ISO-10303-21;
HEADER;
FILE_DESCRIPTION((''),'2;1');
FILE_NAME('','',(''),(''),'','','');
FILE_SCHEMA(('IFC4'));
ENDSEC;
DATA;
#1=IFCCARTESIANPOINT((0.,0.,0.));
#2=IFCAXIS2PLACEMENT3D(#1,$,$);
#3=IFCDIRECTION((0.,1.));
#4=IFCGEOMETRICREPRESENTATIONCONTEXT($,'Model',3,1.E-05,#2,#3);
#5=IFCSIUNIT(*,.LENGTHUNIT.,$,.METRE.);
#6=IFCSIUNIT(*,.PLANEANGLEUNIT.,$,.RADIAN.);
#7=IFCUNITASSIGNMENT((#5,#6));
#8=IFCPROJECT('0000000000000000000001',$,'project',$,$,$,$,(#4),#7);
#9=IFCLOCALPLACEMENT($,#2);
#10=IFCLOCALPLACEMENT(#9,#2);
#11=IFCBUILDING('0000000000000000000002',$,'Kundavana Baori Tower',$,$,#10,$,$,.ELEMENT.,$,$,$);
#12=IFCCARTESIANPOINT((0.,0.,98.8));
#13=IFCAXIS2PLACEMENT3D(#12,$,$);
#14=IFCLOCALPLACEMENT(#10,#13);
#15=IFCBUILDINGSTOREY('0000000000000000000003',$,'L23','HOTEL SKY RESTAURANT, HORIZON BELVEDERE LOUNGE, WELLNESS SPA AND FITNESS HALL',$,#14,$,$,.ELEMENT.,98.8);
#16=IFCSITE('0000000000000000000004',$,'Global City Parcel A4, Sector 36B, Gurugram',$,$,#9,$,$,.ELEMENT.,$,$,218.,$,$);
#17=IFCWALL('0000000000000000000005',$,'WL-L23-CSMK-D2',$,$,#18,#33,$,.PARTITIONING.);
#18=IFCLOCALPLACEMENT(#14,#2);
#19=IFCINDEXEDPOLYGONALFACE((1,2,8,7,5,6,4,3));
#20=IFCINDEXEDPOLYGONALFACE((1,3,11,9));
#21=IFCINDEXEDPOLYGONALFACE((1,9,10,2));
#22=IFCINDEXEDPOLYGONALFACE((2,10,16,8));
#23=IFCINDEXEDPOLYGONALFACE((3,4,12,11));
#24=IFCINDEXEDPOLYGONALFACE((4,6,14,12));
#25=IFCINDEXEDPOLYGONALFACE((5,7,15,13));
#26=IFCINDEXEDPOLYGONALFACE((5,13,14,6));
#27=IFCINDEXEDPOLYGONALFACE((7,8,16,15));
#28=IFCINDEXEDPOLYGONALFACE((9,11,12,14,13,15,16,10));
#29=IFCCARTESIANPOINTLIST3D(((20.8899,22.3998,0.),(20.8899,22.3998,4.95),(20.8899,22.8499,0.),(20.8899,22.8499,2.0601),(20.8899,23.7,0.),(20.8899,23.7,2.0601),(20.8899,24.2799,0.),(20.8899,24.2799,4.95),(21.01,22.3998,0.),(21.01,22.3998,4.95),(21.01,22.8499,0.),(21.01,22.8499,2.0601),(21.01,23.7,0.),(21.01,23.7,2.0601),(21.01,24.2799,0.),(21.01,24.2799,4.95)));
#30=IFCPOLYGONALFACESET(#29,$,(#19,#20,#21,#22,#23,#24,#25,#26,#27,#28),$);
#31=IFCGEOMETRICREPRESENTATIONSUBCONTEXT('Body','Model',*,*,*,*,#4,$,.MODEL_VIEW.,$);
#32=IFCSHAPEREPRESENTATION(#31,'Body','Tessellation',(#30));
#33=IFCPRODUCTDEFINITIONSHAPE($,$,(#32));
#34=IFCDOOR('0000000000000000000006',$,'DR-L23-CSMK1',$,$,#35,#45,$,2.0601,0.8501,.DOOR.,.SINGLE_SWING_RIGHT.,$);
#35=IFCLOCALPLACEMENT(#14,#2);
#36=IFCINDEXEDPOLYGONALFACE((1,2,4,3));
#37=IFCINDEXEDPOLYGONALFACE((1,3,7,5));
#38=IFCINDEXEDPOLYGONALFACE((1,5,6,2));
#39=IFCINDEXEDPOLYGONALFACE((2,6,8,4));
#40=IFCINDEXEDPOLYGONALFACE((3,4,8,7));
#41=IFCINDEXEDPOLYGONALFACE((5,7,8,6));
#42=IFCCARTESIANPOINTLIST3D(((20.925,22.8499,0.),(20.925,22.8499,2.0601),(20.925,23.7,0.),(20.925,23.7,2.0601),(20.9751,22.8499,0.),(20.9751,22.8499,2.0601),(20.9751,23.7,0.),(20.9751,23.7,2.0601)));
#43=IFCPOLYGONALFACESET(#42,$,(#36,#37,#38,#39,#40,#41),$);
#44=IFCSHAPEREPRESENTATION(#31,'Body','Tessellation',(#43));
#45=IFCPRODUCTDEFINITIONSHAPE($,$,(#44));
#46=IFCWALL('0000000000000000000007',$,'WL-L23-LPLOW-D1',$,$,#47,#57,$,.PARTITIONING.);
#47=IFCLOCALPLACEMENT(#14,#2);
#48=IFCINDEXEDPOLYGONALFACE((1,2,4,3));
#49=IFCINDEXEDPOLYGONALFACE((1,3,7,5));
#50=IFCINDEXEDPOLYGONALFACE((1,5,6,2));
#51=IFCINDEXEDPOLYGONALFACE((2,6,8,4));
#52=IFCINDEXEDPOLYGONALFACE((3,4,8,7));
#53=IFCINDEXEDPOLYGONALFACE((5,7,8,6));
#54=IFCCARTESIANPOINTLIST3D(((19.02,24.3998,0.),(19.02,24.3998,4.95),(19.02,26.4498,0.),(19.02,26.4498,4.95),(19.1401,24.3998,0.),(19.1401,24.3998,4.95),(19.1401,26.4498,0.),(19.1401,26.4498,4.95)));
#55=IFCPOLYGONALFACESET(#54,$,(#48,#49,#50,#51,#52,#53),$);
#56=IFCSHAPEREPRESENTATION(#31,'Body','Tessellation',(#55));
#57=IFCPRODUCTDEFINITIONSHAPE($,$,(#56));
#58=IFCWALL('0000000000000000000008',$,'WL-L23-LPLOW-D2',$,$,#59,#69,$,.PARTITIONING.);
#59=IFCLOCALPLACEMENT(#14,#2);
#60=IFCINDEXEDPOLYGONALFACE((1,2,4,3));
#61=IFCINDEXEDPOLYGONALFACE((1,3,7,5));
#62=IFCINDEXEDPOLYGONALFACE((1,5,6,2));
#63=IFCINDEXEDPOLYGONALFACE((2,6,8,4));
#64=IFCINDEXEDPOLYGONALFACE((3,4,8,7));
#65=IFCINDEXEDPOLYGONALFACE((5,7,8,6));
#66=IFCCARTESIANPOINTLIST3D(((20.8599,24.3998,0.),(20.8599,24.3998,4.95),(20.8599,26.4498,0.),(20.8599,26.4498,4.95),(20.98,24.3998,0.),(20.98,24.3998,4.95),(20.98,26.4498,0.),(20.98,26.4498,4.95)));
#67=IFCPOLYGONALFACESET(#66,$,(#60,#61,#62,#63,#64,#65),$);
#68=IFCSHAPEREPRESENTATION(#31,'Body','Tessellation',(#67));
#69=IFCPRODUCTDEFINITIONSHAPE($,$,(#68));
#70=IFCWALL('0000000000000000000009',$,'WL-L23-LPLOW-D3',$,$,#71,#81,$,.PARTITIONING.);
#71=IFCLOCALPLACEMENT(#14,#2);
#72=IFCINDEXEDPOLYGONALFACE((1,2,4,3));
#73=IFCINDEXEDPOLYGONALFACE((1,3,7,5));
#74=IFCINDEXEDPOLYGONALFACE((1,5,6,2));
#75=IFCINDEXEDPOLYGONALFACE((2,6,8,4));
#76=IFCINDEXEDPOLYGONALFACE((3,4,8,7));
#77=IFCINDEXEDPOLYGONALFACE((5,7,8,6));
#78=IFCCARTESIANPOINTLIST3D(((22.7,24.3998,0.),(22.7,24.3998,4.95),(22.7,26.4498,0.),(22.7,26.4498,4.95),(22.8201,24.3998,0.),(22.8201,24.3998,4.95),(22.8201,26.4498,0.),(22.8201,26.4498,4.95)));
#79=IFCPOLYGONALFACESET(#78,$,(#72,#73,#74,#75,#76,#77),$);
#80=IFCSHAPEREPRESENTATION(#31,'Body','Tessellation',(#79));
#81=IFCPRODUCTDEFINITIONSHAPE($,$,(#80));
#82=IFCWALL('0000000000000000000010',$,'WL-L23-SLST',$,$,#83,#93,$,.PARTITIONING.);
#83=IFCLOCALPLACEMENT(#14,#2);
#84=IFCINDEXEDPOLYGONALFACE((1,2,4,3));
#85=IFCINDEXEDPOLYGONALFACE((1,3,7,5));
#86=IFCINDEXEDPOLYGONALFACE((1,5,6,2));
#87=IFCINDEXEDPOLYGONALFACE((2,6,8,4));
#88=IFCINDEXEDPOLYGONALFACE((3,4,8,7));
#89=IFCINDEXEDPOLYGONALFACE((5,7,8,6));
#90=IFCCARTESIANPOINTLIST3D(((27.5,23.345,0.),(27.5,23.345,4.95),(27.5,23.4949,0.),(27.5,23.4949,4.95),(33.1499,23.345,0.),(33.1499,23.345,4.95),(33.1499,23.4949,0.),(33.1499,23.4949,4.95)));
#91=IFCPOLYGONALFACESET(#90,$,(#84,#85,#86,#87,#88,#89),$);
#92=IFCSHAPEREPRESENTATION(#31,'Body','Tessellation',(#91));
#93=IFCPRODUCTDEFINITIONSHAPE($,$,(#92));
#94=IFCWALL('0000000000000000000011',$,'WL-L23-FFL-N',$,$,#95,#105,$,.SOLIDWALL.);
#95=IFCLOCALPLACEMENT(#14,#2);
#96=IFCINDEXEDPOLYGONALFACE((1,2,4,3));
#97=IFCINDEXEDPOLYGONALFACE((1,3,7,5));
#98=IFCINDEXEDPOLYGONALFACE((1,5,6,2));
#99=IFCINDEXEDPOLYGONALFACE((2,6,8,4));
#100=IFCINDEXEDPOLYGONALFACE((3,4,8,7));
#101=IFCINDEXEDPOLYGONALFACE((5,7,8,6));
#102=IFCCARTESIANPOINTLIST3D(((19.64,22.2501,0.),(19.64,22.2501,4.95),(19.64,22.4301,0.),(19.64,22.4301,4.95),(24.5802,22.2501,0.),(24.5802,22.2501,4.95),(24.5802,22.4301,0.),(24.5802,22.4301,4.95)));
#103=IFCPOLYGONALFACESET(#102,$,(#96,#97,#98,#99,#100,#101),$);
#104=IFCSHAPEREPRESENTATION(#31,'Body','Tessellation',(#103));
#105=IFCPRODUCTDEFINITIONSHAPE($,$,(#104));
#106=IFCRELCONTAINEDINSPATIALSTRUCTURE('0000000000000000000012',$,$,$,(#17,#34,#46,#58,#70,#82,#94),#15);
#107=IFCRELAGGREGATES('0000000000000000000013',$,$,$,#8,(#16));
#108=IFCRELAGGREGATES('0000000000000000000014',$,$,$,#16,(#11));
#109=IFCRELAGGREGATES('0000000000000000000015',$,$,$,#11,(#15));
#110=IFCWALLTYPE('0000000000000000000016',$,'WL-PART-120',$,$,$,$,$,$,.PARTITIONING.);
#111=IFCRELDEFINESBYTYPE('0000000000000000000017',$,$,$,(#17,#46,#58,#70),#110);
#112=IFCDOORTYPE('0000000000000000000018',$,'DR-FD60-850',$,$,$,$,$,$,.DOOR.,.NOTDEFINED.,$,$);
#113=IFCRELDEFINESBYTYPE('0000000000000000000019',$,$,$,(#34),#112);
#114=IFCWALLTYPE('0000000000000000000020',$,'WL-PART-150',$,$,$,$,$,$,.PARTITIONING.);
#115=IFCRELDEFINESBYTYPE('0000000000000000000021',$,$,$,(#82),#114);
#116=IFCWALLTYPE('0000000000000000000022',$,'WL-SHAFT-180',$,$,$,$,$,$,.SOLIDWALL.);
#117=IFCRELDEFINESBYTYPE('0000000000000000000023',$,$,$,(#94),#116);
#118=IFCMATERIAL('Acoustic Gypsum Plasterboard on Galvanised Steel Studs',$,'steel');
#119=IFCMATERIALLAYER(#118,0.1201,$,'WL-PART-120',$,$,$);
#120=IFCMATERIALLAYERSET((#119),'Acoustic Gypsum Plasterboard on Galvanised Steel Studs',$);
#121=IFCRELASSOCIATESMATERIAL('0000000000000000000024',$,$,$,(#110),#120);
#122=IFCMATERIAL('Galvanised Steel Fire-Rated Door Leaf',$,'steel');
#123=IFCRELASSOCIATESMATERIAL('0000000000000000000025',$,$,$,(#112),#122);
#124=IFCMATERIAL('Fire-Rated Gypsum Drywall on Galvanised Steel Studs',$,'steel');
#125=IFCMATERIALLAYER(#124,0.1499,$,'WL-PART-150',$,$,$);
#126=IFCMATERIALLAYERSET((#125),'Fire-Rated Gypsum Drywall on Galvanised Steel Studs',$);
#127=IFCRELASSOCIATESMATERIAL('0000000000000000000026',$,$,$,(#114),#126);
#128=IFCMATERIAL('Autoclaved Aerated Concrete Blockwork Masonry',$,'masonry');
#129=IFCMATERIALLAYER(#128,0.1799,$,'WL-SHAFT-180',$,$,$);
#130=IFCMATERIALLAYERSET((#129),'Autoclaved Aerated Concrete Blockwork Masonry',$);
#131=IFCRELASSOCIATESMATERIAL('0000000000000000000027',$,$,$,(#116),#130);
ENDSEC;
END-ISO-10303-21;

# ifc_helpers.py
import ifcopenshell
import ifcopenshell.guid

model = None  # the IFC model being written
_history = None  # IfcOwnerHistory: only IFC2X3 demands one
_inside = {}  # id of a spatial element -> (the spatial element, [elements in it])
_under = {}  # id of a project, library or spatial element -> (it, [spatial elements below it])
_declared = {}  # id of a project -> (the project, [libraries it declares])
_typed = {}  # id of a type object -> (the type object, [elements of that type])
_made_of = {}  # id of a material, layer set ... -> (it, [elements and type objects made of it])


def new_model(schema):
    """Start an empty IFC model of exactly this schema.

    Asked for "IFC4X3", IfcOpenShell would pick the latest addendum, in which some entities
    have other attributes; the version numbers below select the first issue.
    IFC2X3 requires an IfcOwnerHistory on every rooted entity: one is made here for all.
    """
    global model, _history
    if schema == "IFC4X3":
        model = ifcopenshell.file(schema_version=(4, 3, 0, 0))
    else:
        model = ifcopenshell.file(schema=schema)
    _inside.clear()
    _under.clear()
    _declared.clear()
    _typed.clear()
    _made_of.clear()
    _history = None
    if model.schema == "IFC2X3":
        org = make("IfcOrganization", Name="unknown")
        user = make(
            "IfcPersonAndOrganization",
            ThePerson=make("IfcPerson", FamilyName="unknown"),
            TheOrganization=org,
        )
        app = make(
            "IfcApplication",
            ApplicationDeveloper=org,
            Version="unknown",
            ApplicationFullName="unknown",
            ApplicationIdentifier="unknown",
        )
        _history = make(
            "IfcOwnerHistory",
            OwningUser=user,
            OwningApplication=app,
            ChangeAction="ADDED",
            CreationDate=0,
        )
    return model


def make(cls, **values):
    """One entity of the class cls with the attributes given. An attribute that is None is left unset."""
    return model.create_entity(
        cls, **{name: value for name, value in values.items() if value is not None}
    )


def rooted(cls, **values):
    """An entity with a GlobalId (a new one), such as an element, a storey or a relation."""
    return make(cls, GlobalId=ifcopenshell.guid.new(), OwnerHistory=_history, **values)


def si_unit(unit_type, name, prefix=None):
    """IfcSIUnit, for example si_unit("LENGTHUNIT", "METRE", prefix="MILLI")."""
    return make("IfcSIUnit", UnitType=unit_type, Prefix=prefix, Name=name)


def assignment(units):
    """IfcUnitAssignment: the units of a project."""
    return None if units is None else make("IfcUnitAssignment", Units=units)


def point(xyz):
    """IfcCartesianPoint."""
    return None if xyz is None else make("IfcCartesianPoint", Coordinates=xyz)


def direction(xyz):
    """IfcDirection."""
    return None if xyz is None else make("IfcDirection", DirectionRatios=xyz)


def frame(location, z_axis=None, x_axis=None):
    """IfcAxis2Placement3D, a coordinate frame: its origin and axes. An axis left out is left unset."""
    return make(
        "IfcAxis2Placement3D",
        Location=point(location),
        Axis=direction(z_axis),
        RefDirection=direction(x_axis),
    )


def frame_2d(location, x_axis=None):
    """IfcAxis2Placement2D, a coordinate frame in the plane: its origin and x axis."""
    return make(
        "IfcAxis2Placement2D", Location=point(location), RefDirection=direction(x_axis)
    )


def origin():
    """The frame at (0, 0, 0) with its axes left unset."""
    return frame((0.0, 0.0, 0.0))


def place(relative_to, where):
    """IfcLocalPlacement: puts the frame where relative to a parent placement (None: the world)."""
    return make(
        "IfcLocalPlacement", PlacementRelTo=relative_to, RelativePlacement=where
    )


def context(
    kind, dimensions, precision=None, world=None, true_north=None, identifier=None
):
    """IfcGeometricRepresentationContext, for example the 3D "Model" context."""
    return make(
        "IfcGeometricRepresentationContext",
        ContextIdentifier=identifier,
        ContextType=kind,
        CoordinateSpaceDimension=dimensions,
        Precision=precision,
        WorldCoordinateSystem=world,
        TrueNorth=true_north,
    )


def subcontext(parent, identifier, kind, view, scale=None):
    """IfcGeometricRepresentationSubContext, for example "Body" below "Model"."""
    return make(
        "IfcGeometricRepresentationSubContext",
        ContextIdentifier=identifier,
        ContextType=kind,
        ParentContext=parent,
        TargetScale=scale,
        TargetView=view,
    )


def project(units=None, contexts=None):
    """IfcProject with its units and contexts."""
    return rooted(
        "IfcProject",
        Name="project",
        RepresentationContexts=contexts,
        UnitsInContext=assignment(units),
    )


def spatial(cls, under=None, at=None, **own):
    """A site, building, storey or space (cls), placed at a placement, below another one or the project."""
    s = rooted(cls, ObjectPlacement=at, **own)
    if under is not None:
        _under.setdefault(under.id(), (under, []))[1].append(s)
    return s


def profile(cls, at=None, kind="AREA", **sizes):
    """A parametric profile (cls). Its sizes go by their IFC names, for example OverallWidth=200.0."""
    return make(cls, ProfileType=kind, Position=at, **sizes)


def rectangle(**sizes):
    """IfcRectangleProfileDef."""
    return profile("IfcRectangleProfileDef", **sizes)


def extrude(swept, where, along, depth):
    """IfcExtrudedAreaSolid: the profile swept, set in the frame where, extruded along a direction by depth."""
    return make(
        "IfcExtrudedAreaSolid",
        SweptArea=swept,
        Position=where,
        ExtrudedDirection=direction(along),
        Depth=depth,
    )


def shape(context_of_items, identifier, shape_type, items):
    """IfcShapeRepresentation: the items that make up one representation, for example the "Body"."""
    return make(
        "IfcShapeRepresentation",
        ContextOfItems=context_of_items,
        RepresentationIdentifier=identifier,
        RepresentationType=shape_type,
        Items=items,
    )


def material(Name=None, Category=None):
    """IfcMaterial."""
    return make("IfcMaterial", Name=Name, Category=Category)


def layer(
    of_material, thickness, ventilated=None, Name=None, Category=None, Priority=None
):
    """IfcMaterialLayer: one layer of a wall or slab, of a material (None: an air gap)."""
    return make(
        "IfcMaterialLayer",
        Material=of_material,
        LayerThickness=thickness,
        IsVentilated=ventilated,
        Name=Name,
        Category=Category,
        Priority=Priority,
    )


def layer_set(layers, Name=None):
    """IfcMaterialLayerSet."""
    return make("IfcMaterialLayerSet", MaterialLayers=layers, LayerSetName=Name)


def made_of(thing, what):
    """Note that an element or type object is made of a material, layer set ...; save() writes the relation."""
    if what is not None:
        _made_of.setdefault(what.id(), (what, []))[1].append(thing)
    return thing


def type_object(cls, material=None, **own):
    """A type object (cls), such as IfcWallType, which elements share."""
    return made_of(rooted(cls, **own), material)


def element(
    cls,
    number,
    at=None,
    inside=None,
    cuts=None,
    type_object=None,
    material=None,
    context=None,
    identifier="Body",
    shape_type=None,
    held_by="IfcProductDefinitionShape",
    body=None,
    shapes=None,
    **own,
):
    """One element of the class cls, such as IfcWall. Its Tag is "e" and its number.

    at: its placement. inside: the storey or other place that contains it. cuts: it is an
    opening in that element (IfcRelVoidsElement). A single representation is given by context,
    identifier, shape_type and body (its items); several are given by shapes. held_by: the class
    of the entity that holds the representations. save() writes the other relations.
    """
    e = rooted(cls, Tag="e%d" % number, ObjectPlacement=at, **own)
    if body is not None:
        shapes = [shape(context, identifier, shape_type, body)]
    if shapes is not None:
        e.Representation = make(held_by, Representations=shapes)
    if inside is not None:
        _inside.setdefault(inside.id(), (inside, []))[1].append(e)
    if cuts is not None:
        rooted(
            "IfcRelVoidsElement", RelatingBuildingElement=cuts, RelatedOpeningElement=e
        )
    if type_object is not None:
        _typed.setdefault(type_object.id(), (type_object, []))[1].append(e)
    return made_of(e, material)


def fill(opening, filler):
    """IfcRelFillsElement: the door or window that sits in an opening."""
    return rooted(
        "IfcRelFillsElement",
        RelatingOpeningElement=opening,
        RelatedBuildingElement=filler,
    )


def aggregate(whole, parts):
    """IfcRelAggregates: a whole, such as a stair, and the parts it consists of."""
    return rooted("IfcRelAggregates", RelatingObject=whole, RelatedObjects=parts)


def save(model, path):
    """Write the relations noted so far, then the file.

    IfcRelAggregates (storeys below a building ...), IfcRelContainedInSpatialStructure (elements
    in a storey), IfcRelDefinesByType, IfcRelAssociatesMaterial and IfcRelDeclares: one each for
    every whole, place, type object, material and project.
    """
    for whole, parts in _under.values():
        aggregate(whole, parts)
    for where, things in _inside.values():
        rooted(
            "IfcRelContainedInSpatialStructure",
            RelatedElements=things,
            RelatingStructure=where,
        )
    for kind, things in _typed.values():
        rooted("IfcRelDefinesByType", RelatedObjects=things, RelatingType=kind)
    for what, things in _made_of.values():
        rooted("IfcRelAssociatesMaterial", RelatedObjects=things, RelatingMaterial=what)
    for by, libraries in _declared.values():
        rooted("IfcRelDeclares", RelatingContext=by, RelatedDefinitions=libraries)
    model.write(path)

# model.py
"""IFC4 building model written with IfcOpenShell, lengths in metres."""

from ifc_helpers import new_model, si_unit, direction, frame, frame_2d, origin, place, context, subcontext, project, spatial, rectangle, extrude, material, layer, layer_set, type_object, element, fill, save


model = new_model("IFC4")

# Units and contexts
model_context = context("Model", 3, precision=1e-05, world=origin(), true_north=direction((0.0, 1.0)))
body_context = subcontext(model_context, "Body", "Model", "MODEL_VIEW")
ifc_project = project(units=[si_unit("LENGTHUNIT", "METRE"), si_unit("PLANEANGLEUNIT", "RADIAN")], contexts=[model_context])

# Site, building, storey
site_placement = place(None, origin())
site = spatial("IfcSite", under=ifc_project, at=site_placement, Name="Global City Parcel A4, Sector 36B, Gurugram", CompositionType="ELEMENT", RefElevation=218.0)
building_placement = place(site_placement, origin())
building = spatial("IfcBuilding", under=site, at=building_placement, Name="Kundavana Baori Tower", CompositionType="ELEMENT")
storey_placement = place(building_placement, frame((0.0, 0.0, 98.8)))
storey = spatial("IfcBuildingStorey", under=building, at=storey_placement, Name="L23", Description="HOTEL SKY RESTAURANT, HORIZON BELVEDERE LOUNGE, WELLNESS SPA AND FITNESS HALL", CompositionType="ELEMENT", Elevation=98.8)

# Wall, opening, door
ifc_material_1 = material(Name="Acoustic Gypsum Plasterboard on Galvanised Steel Studs", Category="steel")
ifc_layer_1 = layer(ifc_material_1, 0.1201, Name="WL-PART-120")
ifc_layer_set_1 = layer_set([ifc_layer_1], Name="Acoustic Gypsum Plasterboard on Galvanised Steel Studs")
wall_type_1 = type_object("IfcWallType", Name="WL-PART-120", PredefinedType="PARTITIONING", material=ifc_layer_set_1)
wall_1_placement = place(storey_placement, frame((20.95, 22.3999, 0.0), z_axis=(0.0, 0.0, 1.0), x_axis=(0.0, 1.0, 0.0)))
wall_1 = element("IfcWall", 1, at=wall_1_placement, inside=storey, type_object=wall_type_1, Name="WL-L23-CSMK-D2", PredefinedType="PARTITIONING", context=body_context, shape_type="SweptSolid", body=[
    extrude(rectangle(XDim=1.8801, YDim=0.1201, at=frame_2d((0.9399, 0.0))), origin(), (0.0, 0.0, 1.0), 4.95),
])
opening_1_placement = place(wall_1_placement, frame((0.45, 0.0, 0.0)))
opening_1 = element("IfcOpeningElement", 2, at=opening_1_placement, cuts=wall_1, PredefinedType="OPENING", context=body_context, shape_type="SweptSolid", body=[
    extrude(rectangle(XDim=0.8501, YDim=2.0601, at=frame_2d((0.425, 1.03))), frame((0.0, 0.0701, 0.0), z_axis=(0.0, -1.0, 0.0), x_axis=(1.0, 0.0, 0.0)), (0.0, 0.0, 1.0), 0.1401),
])
ifc_material_2 = material(Name="Galvanised Steel Fire-Rated Door Leaf", Category="steel")
door_type_1 = type_object("IfcDoorType", Name="DR-FD60-850", OperationType="NOTDEFINED", PredefinedType="DOOR", material=ifc_material_2)
door_1_placement = place(opening_1_placement, origin())
door_1 = element("IfcDoor", 3, at=door_1_placement, inside=storey, type_object=door_type_1, Name="DR-L23-CSMK1", OperationType="SINGLE_SWING_RIGHT", OverallHeight=2.0601, OverallWidth=0.8501, PredefinedType="DOOR", context=body_context, shape_type="SweptSolid", body=[
    extrude(rectangle(XDim=0.8501, YDim=2.0601, at=frame_2d((0.425, 1.03))), frame((0.0, 0.0249, 0.0), z_axis=(0.0, -1.0, 0.0), x_axis=(1.0, 0.0, 0.0)), (0.0, 0.0, 1.0), 0.05),
])
fill(opening_1, door_1)

# Walls
for number, where, z_axis, x_axis, name in (
    (4, (19.0801, 24.3999, 0.0), (0.0, 0.0, 1.0), (0.0, 1.0, 0.0), "WL-L23-LPLOW-D1"),
    (5, (20.9199, 24.3999, 0.0), (0.0, 0.0, 1.0), (0.0, 1.0, 0.0), "WL-L23-LPLOW-D2"),
    (6, (22.76, 24.3999, 0.0), (0.0, 0.0, 1.0), (0.0, 1.0, 0.0), "WL-L23-LPLOW-D3"),
):
    element("IfcWall", number, at=place(storey_placement, frame(where, z_axis=z_axis, x_axis=x_axis)), inside=storey, type_object=wall_type_1, Name=name, PredefinedType="PARTITIONING", context=body_context, shape_type="SweptSolid", body=[
        extrude(rectangle(XDim=2.05, YDim=0.1201, at=frame_2d((1.0249, 0.0))), origin(), (0.0, 0.0, 1.0), 4.95),
    ])
ifc_material_3 = material(Name="Fire-Rated Gypsum Drywall on Galvanised Steel Studs", Category="steel")
ifc_layer_2 = layer(ifc_material_3, 0.1499, Name="WL-PART-150")
ifc_layer_set_2 = layer_set([ifc_layer_2], Name="Fire-Rated Gypsum Drywall on Galvanised Steel Studs")
wall_type_2 = type_object("IfcWallType", Name="WL-PART-150", PredefinedType="PARTITIONING", material=ifc_layer_set_2)
wall_2_placement = place(storey_placement, frame((27.5, 23.4199, 0.0), z_axis=(0.0, 0.0, 1.0), x_axis=(1.0, 0.0, 0.0)))
element("IfcWall", 7, at=wall_2_placement, inside=storey, type_object=wall_type_2, Name="WL-L23-SLST", PredefinedType="PARTITIONING", context=body_context, shape_type="SweptSolid", body=[
    extrude(rectangle(XDim=5.6499, YDim=0.1499, at=frame_2d((2.825, 0.0))), origin(), (0.0, 0.0, 1.0), 4.95),
])
ifc_material_4 = material(Name="Autoclaved Aerated Concrete Blockwork Masonry", Category="masonry")
ifc_layer_3 = layer(ifc_material_4, 0.1799, Name="WL-SHAFT-180")
ifc_layer_set_3 = layer_set([ifc_layer_3], Name="Autoclaved Aerated Concrete Blockwork Masonry")
wall_type_3 = type_object("IfcWallType", Name="WL-SHAFT-180", PredefinedType="SOLIDWALL", material=ifc_layer_set_3)
wall_3_placement = place(storey_placement, frame((19.6399, 22.3401, 0.0), z_axis=(0.0, 0.0, 1.0), x_axis=(1.0, 0.0, 0.0)))
element("IfcWall", 8, at=wall_3_placement, inside=storey, type_object=wall_type_3, Name="WL-L23-FFL-N", PredefinedType="SOLIDWALL", context=body_context, shape_type="SweptSolid", body=[
    extrude(rectangle(XDim=4.9402, YDim=0.1799, at=frame_2d((2.4702, 0.0))), origin(), (0.0, 0.0, 1.0), 4.95),
])

save(model, "model.ifc")
